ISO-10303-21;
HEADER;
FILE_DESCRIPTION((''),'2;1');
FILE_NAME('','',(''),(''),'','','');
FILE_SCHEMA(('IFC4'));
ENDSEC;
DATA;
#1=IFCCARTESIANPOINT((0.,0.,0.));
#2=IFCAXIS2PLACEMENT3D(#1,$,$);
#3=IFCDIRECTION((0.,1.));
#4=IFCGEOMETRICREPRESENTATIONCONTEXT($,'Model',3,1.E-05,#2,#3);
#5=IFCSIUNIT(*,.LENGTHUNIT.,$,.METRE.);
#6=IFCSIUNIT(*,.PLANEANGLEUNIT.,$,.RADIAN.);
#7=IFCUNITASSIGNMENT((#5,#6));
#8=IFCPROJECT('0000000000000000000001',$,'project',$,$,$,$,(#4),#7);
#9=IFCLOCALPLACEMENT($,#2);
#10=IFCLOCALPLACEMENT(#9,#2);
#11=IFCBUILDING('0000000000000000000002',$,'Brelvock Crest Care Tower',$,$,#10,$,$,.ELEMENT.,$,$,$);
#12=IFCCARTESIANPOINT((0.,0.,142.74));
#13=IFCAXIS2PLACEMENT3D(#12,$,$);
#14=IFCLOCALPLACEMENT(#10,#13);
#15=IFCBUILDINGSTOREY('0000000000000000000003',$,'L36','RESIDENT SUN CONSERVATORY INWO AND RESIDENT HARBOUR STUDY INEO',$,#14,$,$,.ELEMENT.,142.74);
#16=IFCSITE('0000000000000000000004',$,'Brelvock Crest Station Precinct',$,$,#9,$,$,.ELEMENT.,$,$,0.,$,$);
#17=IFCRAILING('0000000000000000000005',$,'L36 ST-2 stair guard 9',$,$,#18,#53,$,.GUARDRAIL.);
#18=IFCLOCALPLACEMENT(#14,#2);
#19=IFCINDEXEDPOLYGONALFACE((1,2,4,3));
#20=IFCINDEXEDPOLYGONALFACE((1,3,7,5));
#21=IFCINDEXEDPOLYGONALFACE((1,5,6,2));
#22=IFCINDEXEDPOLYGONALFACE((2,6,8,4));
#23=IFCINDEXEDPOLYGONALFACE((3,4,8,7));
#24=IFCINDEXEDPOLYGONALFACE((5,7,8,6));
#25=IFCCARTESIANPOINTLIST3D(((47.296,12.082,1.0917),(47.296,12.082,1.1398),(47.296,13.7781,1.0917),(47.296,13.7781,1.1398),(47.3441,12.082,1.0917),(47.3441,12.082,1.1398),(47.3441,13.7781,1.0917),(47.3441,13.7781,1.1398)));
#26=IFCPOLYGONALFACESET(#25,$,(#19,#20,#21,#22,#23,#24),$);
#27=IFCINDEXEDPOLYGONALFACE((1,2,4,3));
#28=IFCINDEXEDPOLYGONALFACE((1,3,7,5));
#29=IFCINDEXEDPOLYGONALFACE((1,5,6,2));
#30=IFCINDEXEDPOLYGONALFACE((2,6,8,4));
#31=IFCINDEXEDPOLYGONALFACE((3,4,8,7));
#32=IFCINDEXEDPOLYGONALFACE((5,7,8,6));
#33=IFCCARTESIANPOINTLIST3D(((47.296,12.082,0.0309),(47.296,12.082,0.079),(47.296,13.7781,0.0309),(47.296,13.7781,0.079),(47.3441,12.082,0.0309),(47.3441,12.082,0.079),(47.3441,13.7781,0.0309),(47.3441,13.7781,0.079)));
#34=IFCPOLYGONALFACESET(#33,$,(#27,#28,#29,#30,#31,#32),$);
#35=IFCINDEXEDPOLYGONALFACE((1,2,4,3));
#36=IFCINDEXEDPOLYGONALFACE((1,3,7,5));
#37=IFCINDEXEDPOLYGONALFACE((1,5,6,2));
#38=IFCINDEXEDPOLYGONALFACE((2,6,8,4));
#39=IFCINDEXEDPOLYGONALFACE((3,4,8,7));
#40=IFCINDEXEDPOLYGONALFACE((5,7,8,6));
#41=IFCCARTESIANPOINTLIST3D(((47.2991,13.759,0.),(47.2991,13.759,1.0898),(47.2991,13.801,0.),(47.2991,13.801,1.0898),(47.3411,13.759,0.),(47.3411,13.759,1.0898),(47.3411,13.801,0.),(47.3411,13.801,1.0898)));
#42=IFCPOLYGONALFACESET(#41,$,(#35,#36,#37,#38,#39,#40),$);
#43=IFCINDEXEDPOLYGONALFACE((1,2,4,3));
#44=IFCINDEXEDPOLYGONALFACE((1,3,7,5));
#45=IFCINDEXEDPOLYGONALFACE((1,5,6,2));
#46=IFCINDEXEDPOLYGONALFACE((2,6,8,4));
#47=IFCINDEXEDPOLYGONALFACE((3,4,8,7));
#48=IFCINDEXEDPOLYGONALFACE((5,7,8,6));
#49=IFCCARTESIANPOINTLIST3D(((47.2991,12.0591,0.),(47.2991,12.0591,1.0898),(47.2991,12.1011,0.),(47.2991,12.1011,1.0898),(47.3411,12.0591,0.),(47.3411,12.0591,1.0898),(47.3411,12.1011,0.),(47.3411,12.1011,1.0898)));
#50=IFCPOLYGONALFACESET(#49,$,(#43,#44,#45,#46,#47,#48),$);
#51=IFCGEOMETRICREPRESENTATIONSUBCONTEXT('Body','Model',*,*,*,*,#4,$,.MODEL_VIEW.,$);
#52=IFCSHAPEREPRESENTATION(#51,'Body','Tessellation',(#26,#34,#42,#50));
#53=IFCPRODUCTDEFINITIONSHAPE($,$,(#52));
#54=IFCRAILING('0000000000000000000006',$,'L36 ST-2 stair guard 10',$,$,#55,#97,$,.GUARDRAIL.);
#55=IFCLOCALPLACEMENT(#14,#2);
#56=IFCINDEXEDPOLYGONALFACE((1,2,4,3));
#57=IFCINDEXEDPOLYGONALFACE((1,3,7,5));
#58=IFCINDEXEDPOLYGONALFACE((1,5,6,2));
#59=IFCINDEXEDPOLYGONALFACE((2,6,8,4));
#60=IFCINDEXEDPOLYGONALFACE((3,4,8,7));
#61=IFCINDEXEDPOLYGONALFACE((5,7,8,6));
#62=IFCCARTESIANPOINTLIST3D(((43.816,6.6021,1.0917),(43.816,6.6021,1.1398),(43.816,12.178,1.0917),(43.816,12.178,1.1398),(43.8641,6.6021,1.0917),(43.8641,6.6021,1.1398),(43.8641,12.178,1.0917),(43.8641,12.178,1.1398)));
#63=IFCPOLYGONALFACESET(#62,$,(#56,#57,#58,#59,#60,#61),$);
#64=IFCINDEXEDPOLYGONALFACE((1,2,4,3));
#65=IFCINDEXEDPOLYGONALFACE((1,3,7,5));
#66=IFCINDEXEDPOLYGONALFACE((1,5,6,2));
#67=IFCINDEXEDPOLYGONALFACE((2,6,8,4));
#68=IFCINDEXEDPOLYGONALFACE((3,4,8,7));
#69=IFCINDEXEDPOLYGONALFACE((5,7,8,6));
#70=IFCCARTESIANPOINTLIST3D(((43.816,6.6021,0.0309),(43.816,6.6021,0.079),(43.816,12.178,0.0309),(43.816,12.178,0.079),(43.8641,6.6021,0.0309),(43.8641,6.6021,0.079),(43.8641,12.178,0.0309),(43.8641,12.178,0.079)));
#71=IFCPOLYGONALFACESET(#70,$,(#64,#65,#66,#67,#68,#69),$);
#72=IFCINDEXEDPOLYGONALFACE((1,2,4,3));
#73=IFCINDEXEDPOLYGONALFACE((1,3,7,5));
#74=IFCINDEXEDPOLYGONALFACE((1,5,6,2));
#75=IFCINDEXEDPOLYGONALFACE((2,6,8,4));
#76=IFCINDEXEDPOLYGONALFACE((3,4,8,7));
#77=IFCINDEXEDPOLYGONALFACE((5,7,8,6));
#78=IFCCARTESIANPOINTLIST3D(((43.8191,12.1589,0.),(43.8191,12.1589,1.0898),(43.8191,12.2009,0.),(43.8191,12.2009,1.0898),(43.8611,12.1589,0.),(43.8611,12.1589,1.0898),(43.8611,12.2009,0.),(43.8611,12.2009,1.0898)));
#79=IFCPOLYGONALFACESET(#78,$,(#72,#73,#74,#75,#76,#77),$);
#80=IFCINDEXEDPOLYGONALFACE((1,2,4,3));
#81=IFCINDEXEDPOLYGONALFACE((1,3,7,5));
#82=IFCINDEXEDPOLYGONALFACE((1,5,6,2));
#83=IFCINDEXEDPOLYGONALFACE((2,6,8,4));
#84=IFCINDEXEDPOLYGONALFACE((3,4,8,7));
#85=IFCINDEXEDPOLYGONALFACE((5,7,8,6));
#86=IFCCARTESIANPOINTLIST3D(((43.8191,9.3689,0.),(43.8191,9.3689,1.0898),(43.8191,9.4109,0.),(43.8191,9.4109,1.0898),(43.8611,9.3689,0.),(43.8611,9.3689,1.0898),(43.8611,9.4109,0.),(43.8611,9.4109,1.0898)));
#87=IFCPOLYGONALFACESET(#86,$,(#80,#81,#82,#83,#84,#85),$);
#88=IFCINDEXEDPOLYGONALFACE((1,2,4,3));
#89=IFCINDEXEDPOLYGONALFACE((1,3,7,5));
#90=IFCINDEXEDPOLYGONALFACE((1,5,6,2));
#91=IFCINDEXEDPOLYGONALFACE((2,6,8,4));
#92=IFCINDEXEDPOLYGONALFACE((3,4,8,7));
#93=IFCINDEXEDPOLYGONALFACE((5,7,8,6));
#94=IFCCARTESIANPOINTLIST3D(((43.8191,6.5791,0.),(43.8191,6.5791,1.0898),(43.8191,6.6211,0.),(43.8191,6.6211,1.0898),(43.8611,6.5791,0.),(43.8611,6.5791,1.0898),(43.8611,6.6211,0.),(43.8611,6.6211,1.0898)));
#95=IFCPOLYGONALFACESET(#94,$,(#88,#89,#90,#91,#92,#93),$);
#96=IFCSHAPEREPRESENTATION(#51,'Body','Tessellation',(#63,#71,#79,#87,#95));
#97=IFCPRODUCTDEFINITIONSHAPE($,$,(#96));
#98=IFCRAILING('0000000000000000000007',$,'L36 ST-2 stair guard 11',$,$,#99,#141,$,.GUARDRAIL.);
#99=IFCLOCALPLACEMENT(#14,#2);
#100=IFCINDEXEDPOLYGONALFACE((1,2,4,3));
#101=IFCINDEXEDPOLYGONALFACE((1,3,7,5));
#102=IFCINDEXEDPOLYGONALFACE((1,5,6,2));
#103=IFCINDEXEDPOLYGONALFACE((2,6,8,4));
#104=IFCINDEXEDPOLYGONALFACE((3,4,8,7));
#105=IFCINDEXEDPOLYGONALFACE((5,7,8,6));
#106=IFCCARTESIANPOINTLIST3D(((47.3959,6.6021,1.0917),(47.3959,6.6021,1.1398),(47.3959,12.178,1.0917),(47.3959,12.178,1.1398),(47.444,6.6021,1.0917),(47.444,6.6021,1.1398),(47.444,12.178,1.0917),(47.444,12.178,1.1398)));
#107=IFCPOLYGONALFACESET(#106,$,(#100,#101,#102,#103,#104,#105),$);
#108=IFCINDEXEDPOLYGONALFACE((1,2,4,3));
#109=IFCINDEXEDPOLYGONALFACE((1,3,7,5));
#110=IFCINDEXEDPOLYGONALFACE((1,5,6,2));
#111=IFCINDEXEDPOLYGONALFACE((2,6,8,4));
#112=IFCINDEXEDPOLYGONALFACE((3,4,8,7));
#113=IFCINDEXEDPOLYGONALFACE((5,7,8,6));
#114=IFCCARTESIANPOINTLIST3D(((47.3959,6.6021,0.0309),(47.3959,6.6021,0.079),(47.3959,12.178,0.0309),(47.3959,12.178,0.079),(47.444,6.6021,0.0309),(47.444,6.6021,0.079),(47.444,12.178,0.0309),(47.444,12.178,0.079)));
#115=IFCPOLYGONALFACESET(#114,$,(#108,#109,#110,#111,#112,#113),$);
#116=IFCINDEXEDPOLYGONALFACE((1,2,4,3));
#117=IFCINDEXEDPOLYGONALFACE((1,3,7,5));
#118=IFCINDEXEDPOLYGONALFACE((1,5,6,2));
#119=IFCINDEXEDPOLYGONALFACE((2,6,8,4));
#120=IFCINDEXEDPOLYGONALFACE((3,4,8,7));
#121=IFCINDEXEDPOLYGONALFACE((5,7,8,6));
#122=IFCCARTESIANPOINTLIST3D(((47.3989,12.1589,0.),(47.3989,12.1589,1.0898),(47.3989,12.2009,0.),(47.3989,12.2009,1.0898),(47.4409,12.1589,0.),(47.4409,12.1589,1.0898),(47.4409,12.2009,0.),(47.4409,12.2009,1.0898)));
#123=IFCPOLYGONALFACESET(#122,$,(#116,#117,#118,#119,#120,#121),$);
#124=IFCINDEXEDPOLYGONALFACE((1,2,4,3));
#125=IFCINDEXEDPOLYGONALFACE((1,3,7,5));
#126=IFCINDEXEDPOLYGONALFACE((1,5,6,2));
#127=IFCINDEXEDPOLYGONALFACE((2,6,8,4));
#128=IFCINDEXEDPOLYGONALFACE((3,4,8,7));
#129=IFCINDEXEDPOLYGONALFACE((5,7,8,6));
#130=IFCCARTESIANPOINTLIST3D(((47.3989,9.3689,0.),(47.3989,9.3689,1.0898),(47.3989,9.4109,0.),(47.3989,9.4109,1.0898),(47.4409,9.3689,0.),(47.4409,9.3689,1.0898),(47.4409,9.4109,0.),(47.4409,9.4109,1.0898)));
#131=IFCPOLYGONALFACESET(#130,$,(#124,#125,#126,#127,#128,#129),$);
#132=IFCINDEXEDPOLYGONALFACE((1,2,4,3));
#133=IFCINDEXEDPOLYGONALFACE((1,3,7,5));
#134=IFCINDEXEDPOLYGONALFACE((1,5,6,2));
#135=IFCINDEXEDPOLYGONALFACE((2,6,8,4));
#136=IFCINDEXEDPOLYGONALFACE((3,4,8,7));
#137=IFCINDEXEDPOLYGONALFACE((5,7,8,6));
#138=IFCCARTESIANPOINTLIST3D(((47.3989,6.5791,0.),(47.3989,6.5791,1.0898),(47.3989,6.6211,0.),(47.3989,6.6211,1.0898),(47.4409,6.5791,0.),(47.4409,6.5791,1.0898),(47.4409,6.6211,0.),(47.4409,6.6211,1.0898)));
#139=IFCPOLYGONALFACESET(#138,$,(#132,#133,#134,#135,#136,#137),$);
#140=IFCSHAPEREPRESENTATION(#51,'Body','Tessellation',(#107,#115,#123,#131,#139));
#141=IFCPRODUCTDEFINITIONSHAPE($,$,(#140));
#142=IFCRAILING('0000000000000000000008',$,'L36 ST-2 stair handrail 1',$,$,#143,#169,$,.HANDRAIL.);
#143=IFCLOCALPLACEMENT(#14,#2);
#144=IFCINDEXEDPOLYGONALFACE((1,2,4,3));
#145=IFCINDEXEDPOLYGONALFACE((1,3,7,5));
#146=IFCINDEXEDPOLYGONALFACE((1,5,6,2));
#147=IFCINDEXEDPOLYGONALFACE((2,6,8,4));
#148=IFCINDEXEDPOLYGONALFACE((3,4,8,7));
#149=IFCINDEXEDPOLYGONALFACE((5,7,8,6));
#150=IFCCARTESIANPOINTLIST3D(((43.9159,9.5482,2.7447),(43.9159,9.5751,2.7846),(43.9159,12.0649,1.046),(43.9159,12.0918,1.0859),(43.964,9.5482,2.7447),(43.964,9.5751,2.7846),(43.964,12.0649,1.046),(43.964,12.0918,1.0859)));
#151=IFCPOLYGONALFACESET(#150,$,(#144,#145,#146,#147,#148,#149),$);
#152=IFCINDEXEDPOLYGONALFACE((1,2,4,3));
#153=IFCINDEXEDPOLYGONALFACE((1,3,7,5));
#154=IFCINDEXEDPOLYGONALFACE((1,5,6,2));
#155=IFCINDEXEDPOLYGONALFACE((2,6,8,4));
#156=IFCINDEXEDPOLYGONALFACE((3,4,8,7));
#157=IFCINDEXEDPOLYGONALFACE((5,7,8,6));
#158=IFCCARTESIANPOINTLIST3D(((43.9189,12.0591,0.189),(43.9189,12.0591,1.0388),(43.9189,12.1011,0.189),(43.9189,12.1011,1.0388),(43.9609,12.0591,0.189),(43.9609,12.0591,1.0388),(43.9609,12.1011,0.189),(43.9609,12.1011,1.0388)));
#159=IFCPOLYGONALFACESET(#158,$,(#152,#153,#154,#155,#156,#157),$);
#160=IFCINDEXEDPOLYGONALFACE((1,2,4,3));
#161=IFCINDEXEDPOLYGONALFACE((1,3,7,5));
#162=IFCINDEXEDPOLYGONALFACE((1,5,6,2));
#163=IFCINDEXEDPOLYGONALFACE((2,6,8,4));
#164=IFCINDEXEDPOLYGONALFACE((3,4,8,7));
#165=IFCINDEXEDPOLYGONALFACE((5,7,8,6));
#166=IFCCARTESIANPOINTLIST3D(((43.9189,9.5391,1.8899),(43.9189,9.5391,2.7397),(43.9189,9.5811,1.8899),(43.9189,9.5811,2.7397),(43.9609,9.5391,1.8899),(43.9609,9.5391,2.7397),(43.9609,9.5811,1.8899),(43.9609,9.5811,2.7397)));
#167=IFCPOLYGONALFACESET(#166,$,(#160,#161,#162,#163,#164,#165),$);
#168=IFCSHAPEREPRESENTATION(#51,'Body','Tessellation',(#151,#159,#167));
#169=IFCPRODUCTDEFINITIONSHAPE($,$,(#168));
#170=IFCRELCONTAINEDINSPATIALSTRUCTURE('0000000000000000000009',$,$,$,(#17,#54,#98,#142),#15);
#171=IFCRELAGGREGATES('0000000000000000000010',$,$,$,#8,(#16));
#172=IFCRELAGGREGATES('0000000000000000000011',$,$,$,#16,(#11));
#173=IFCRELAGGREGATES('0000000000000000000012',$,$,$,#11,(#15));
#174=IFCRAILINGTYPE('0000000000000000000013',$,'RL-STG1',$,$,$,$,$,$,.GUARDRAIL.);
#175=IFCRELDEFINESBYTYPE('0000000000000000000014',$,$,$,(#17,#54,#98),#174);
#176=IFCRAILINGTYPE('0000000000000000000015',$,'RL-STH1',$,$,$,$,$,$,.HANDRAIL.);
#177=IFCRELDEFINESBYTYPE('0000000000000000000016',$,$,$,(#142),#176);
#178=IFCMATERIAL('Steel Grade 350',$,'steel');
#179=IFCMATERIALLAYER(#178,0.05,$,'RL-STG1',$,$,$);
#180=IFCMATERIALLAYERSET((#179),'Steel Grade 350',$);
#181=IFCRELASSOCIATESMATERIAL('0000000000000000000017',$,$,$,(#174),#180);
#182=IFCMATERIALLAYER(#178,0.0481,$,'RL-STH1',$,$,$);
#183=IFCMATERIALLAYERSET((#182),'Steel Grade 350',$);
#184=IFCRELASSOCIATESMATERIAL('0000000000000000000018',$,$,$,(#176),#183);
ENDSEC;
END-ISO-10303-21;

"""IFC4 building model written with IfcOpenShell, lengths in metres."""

from ifc_helpers import new_model, si_unit, direction, frame, origin, origin_2d, place, context, subcontext, project, spatial, rectangle, extrude, material, layer, layer_set, type_object, element, save


model = new_model("IFC4")

# Units and contexts
model_context = context("Model", 3, precision=1e-05, world=origin(), true_north=direction((0.0, 1.0)))
body_context = subcontext(model_context, "Body", "Model", "MODEL_VIEW")
ifc_project = project(units=[si_unit("LENGTHUNIT", "METRE"), si_unit("PLANEANGLEUNIT", "RADIAN")], contexts=[model_context])

# Site, building, storey
site_placement = place(None, origin())
site = spatial("IfcSite", under=ifc_project, at=site_placement, Name="Brelvock Crest Station Precinct", CompositionType="ELEMENT", RefElevation=0.0)
building_placement = place(site_placement, origin())
building = spatial("IfcBuilding", under=site, at=building_placement, Name="Brelvock Crest Care Tower", CompositionType="ELEMENT")
storey_placement = place(building_placement, frame((0.0, 0.0, 142.74)))
storey = spatial("IfcBuildingStorey", under=building, at=storey_placement, Name="L36", Description="RESIDENT SUN CONSERVATORY INWO AND RESIDENT HARBOUR STUDY INEO", CompositionType="ELEMENT", Elevation=142.74)

# Shared definitions
ifc_material_1 = material(Name="Steel Grade 350", Category="steel")

# Railings
ifc_layer_1 = layer(ifc_material_1, 0.05, Name="RL-STG1")
ifc_layer_set_1 = layer_set([ifc_layer_1], Name="Steel Grade 350")
railing_type_1 = type_object("IfcRailingType", Name="RL-STG1", PredefinedType="GUARDRAIL", material=ifc_layer_set_1)
for number, where, name in (
    (1, (47.3201, 13.78, 0.0), "L36 ST-2 stair guard 9"),
):
    element("IfcRailing", number, at=place(storey_placement, frame(where)), inside=storey, type_object=railing_type_1, Name=name, PredefinedType="GUARDRAIL", context=body_context, shape_type="SweptSolid", body=[
        extrude(rectangle(XDim=0.0481, YDim=0.0481, at=origin_2d()), frame((0.0, -0.002, 1.1157), z_axis=(0.0, -1.0, 0.0), x_axis=(1.0, 0.0, 0.0)), (0.0, 0.0, 1.0), 1.696),
        extrude(rectangle(XDim=0.0481, YDim=0.0481, at=origin_2d()), frame((0.0, -0.002, 0.0549), z_axis=(0.0, -1.0, 0.0), x_axis=(1.0, 0.0, 0.0)), (0.0, 0.0, 1.0), 1.696),
        extrude(rectangle(XDim=0.042, YDim=0.042, at=origin_2d()), origin(), (0.0, 0.0, 1.0), 1.0898),
        extrude(rectangle(XDim=0.042, YDim=0.042, at=origin_2d()), frame((0.0, -1.7, 0.0)), (0.0, 0.0, 1.0), 1.0898),
    ])
for number, where, name in (
    (2, (43.8401, 12.1799, 0.0), "L36 ST-2 stair guard 10"),
    (3, (47.4199, 12.1799, 0.0), "L36 ST-2 stair guard 11"),
):
    element("IfcRailing", number, at=place(storey_placement, frame(where)), inside=storey, type_object=railing_type_1, Name=name, PredefinedType="GUARDRAIL", context=body_context, shape_type="SweptSolid", body=[
        extrude(rectangle(XDim=0.0481, YDim=0.0481, at=origin_2d()), frame((0.0, -0.002, 1.1157), z_axis=(0.0, -1.0, 0.0), x_axis=(1.0, 0.0, 0.0)), (0.0, 0.0, 1.0), 5.5759),
        extrude(rectangle(XDim=0.0481, YDim=0.0481, at=origin_2d()), frame((0.0, -0.002, 0.0549), z_axis=(0.0, -1.0, 0.0), x_axis=(1.0, 0.0, 0.0)), (0.0, 0.0, 1.0), 5.5759),
        extrude(rectangle(XDim=0.042, YDim=0.042, at=origin_2d()), origin(), (0.0, 0.0, 1.0), 1.0898),
        extrude(rectangle(XDim=0.042, YDim=0.042, at=origin_2d()), frame((0.0, -2.79, 0.0)), (0.0, 0.0, 1.0), 1.0898),
        extrude(rectangle(XDim=0.042, YDim=0.042, at=origin_2d()), frame((0.0, -5.5798, 0.0)), (0.0, 0.0, 1.0), 1.0898),
    ])
ifc_layer_2 = layer(ifc_material_1, 0.0481, Name="RL-STH1")
ifc_layer_set_2 = layer_set([ifc_layer_2], Name="Steel Grade 350")
railing_type_2 = type_object("IfcRailingType", Name="RL-STH1", PredefinedType="HANDRAIL", material=ifc_layer_set_2)
railing_1_placement = place(storey_placement, frame((43.9399, 12.0801, 0.189)))
element("IfcRailing", 4, at=railing_1_placement, inside=storey, type_object=railing_type_2, Name="L36 ST-2 stair handrail 1", PredefinedType="HANDRAIL", context=body_context, shape_type="SweptSolid", body=[
    extrude(rectangle(XDim=0.0481, YDim=0.0481, at=origin_2d()), frame((0.0, -0.0017, 0.877), z_axis=(0.0, -0.828862, 0.559454), x_axis=(1.0, 0.0, 0.0)), (0.0, 0.0, 1.0), 3.0364),
    extrude(rectangle(XDim=0.042, YDim=0.042, at=origin_2d()), origin(), (0.0, 0.0, 1.0), 0.8499),
    extrude(rectangle(XDim=0.042, YDim=0.042, at=origin_2d()), frame((0.0, -2.52, 1.7009)), (0.0, 0.0, 1.0), 0.8499),
])

save(model, "model.ifc")
